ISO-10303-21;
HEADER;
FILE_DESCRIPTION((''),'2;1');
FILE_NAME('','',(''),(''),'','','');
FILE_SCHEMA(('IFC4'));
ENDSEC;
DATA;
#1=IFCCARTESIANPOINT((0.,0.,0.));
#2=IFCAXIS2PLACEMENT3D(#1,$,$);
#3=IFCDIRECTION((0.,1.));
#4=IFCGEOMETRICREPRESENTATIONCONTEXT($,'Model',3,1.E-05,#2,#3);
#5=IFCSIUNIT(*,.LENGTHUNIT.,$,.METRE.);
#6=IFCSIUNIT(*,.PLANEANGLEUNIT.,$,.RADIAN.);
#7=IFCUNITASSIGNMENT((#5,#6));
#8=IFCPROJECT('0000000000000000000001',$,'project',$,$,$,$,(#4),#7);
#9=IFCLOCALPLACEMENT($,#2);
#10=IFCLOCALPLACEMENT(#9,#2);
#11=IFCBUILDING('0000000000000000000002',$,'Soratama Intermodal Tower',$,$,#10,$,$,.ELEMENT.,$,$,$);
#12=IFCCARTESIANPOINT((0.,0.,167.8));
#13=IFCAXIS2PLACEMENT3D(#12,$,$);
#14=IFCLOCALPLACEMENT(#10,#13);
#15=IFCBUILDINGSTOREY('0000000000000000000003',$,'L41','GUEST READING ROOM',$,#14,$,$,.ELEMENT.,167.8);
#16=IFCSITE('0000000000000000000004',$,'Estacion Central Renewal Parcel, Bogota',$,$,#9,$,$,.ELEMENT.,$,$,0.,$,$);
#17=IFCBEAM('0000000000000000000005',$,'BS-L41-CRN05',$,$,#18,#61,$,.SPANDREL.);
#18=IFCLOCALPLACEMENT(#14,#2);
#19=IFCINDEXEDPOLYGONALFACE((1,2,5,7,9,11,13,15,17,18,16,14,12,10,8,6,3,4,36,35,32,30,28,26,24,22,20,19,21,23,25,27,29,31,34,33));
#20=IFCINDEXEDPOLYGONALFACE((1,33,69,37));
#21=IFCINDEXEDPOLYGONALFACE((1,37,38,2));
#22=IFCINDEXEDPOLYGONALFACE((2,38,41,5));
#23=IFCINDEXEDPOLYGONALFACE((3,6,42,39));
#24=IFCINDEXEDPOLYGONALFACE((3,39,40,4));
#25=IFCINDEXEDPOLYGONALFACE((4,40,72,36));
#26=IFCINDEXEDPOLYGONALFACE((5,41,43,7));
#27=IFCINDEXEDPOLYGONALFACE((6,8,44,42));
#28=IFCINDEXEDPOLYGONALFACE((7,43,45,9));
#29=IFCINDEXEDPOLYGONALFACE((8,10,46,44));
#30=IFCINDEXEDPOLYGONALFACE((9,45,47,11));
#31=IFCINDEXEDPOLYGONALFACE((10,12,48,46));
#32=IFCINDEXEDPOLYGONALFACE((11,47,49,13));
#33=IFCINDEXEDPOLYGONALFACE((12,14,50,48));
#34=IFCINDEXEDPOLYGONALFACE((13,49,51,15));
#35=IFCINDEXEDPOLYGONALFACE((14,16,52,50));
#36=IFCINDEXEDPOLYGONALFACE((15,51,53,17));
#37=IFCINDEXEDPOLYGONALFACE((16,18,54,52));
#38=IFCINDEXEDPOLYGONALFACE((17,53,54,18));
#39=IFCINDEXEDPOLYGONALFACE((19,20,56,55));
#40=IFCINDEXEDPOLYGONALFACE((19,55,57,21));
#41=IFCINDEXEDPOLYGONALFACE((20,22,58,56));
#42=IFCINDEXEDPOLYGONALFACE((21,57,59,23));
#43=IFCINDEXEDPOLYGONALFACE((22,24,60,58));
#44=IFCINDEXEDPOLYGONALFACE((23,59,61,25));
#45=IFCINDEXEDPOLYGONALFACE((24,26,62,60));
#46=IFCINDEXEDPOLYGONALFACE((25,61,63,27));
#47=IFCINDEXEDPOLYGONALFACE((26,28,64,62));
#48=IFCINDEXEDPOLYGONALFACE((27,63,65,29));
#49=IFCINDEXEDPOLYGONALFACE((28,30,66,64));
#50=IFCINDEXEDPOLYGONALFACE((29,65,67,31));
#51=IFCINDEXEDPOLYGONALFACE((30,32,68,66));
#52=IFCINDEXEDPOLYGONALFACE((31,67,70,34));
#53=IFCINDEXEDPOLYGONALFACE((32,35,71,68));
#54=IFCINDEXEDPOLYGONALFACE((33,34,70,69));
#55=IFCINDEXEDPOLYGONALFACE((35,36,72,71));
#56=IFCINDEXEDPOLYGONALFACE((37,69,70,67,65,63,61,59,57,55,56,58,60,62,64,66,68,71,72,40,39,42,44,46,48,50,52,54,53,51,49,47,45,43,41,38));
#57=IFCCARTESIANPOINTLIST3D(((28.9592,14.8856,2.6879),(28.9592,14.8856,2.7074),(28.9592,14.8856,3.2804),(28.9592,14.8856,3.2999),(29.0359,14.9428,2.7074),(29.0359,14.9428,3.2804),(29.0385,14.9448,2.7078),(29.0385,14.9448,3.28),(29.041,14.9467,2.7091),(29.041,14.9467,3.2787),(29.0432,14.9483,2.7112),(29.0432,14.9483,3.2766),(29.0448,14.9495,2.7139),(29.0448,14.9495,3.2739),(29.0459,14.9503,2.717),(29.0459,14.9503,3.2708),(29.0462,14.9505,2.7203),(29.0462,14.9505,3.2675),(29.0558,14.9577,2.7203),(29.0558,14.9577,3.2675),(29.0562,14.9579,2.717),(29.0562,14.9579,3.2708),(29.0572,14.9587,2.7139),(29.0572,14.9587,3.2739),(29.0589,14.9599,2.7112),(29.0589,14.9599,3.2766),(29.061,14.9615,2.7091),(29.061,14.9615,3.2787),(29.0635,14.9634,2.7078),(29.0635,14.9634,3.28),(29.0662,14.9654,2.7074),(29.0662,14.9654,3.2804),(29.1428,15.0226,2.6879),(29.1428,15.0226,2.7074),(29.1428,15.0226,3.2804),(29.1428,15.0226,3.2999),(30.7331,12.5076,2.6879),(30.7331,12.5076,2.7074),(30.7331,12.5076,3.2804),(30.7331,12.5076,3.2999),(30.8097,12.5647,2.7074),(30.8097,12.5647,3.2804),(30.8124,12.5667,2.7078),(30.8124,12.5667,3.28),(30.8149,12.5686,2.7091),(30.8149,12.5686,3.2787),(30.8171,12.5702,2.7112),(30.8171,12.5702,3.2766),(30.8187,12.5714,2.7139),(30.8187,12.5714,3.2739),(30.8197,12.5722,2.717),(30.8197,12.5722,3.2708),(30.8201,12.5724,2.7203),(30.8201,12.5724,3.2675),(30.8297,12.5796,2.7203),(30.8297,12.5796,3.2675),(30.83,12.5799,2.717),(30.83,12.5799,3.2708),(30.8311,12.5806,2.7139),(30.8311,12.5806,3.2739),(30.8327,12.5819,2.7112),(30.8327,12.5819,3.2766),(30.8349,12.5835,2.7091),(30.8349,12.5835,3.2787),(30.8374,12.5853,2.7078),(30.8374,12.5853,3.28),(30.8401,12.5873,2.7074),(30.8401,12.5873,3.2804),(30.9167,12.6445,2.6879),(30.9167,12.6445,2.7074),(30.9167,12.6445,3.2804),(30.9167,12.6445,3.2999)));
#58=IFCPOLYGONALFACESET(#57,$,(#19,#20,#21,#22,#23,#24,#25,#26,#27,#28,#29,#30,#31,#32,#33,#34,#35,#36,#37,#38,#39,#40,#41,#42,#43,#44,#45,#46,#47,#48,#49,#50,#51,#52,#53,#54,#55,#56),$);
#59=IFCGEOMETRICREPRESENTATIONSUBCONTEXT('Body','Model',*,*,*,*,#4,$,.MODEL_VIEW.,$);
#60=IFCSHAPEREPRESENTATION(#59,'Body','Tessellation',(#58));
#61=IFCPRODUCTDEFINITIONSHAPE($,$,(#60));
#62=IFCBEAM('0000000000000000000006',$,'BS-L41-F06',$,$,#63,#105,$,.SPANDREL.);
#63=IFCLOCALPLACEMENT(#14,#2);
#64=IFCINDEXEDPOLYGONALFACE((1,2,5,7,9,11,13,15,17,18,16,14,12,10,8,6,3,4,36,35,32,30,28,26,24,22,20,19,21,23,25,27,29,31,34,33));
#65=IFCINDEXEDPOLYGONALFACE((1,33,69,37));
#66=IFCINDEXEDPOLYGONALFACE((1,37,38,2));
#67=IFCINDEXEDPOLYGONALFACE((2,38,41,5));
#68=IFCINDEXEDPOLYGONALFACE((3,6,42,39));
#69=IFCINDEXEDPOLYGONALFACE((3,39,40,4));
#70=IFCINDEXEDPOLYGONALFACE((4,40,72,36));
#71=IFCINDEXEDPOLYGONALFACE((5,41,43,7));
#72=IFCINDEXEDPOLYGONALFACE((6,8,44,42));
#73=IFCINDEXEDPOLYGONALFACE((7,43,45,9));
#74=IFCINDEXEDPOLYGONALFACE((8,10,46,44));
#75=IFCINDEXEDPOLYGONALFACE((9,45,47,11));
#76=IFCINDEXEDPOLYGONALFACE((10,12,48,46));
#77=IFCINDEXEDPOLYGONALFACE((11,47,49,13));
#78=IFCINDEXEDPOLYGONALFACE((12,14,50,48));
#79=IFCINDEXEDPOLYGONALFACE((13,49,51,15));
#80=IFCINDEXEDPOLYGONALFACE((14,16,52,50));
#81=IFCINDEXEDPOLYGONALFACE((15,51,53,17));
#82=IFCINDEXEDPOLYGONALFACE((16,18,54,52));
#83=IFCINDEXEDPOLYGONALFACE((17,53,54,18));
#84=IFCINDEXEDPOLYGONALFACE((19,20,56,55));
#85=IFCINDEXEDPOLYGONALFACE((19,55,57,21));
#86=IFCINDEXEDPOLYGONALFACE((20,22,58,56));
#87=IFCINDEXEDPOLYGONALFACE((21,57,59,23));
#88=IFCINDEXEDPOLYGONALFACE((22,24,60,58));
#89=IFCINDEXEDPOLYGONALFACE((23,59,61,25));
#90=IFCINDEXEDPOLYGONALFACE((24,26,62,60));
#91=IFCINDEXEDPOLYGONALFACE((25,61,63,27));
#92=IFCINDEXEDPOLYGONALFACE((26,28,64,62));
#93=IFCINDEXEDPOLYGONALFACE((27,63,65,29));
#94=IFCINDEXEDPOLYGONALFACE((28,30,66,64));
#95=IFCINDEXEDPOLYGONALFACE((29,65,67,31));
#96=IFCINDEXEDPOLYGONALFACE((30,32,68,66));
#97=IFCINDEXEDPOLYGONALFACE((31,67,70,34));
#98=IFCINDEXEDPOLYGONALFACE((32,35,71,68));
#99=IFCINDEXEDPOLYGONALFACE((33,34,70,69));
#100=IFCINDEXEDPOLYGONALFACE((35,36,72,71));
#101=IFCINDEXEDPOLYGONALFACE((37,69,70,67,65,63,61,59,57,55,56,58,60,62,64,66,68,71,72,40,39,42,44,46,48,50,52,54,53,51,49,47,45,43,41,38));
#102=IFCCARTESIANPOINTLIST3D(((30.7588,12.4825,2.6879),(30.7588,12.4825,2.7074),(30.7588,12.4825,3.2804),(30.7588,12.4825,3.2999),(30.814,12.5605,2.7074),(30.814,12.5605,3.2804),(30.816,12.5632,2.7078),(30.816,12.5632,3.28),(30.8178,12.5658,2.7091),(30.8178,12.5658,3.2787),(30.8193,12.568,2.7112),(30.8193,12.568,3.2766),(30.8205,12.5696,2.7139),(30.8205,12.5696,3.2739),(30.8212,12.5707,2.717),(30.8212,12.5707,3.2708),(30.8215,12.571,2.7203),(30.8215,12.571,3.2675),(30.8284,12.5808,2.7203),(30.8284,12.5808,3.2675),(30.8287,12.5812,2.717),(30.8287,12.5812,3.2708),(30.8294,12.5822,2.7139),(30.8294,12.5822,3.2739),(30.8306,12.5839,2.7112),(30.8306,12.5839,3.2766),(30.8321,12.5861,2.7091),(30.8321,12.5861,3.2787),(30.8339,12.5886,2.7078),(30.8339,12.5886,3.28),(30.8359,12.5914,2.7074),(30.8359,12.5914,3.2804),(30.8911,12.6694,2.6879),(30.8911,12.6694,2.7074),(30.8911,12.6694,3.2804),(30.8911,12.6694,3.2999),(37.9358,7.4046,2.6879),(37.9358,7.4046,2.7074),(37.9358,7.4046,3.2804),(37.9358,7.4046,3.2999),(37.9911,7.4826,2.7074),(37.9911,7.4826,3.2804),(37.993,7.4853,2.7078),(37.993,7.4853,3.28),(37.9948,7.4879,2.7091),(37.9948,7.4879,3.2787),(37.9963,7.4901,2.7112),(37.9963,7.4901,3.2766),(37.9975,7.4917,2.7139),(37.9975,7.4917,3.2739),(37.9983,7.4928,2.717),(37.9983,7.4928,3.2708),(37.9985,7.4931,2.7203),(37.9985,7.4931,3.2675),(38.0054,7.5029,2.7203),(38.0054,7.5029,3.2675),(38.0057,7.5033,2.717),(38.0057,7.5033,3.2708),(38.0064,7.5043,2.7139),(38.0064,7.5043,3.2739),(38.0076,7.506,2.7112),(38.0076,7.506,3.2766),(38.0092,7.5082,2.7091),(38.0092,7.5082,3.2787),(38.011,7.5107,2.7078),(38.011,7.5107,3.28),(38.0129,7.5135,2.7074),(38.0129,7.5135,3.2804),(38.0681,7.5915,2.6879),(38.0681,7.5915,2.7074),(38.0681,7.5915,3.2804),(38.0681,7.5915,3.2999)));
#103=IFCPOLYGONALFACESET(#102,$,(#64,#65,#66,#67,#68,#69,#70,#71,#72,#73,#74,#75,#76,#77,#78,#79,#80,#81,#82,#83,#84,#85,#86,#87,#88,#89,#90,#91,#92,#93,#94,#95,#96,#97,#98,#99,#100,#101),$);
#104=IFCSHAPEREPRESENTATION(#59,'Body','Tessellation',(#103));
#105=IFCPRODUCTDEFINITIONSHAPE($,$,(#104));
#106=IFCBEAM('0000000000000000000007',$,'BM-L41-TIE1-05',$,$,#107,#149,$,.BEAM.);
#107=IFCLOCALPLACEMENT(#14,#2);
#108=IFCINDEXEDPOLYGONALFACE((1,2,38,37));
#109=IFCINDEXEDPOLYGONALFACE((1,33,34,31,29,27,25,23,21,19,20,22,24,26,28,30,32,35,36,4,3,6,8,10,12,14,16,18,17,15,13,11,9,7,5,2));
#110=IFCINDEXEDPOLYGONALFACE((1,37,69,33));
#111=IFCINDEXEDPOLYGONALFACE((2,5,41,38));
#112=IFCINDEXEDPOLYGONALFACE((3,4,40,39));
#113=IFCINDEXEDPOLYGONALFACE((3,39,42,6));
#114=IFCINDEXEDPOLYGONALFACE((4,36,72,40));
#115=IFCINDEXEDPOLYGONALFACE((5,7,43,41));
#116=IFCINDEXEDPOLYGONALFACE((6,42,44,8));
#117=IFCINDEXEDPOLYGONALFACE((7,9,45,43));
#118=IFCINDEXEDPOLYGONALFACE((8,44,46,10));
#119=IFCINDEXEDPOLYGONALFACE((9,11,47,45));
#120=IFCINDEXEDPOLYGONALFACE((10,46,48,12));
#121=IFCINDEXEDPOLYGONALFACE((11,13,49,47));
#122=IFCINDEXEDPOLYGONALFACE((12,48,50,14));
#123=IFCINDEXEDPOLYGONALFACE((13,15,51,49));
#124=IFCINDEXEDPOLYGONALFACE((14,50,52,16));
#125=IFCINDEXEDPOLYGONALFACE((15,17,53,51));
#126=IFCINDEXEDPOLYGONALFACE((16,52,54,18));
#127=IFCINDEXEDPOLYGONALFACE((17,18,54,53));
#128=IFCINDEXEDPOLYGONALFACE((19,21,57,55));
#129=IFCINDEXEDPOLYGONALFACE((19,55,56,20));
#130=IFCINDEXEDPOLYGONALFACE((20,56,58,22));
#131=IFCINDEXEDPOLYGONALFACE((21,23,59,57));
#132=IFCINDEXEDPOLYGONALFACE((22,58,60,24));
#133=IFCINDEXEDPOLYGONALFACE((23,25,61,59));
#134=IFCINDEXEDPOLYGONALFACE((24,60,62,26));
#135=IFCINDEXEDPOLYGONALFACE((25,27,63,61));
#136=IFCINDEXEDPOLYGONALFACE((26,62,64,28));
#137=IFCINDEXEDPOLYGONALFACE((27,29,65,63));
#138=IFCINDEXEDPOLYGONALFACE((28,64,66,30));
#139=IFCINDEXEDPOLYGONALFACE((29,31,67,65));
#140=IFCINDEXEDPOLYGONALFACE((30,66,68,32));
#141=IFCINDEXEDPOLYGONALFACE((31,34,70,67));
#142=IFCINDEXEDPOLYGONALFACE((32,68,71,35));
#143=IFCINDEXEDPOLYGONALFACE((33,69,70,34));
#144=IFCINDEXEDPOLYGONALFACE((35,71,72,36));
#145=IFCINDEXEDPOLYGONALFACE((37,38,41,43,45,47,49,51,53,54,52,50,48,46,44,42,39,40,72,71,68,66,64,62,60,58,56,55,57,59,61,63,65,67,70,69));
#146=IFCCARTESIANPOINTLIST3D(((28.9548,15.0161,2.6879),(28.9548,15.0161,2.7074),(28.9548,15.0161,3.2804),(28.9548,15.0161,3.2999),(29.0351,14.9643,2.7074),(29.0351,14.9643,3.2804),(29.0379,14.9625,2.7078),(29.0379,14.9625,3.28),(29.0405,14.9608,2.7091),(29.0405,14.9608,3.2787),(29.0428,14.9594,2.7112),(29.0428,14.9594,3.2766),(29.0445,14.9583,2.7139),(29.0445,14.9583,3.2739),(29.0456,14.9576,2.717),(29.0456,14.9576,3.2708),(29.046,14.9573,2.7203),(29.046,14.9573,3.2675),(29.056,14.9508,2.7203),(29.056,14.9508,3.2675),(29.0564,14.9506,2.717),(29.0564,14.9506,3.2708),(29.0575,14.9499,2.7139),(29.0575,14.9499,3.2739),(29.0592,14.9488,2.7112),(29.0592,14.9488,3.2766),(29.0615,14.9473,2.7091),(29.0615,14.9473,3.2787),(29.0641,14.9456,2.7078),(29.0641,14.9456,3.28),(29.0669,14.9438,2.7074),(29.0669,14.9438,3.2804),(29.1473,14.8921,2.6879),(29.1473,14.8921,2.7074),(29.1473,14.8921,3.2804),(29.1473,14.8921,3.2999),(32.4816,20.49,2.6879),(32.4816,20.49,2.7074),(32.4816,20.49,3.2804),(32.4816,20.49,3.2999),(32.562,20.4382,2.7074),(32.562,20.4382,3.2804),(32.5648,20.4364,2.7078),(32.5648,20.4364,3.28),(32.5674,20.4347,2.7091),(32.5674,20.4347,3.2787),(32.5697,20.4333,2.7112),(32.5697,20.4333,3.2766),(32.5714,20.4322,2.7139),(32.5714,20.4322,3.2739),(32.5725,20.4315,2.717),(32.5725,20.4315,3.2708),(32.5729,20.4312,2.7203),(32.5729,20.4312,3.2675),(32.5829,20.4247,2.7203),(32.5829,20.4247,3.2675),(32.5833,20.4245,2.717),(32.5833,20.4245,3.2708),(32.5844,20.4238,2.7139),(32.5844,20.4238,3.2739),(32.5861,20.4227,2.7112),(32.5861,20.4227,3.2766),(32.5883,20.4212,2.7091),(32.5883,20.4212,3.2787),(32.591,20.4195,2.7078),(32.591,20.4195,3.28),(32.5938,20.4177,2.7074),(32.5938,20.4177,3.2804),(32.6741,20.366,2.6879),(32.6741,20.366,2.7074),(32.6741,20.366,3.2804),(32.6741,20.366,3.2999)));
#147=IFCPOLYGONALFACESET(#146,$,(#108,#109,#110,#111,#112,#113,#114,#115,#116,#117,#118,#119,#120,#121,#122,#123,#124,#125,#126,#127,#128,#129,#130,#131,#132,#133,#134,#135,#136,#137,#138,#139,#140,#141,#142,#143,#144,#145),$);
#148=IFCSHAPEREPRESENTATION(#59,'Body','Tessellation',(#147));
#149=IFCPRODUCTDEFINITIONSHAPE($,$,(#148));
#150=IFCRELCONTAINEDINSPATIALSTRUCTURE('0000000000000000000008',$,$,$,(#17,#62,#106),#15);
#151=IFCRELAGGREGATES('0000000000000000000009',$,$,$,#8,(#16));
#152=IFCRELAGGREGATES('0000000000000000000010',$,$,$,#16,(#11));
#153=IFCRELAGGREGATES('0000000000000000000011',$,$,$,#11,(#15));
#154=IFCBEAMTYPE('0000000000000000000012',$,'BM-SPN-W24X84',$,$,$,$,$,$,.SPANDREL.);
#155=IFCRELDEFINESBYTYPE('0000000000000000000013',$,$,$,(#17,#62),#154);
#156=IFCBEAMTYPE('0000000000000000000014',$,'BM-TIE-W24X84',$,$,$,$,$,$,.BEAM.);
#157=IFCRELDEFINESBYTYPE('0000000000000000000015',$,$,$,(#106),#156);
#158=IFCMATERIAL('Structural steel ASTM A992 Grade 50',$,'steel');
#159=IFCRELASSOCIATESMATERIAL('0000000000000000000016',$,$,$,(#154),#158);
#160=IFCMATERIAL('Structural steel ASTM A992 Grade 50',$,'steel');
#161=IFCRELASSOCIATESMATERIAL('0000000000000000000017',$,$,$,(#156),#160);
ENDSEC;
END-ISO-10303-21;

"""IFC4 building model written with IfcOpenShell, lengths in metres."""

from ifc_helpers import new_model, si_unit, direction, frame, origin, origin_2d, place, context, subcontext, project, spatial, i_section, extrude, material, material_profile, profile_set, type_object, element, save


model = new_model("IFC4")

# Units and contexts
model_context = context("Model", 3, precision=1e-05, world=origin(), true_north=direction((0.0, 1.0)))
body_context = subcontext(model_context, "Body", "Model", "MODEL_VIEW")
ifc_project = project(units=[si_unit("LENGTHUNIT", "METRE"), si_unit("PLANEANGLEUNIT", "RADIAN")], contexts=[model_context])

# Site, building, storey
site_placement = place(None, origin())
site = spatial("IfcSite", under=ifc_project, at=site_placement, Name="Estacion Central Renewal Parcel, Bogota", CompositionType="ELEMENT", RefElevation=0.0)
building_placement = place(site_placement, origin())
building = spatial("IfcBuilding", under=site, at=building_placement, Name="Soratama Intermodal Tower", CompositionType="ELEMENT")
storey_placement = place(building_placement, frame((0.0, 0.0, 167.8)))
storey = spatial("IfcBuildingStorey", under=building, at=storey_placement, Name="L41", Description="GUEST READING ROOM", CompositionType="ELEMENT", Elevation=167.8)

# Beams
ifc_material_1 = material(Name="Structural steel ASTM A992 Grade 50", Category="steel")
ifc_material_profile_1 = material_profile(ifc_material_1, i_section(OverallWidth=0.229, OverallDepth=0.6121, WebThickness=0.012, FlangeThickness=0.0195, FilletRadius=0.0129, at=origin_2d()), Name="W24X84")
ifc_profile_set_1 = profile_set([ifc_material_profile_1], Name="Structural steel ASTM A992 Grade 50")
beam_type_1 = type_object("IfcBeamType", Name="BM-SPN-W24X84", PredefinedType="SPANDREL", material=ifc_profile_set_1)
beam_1_placement = place(storey_placement, frame((29.051, 14.9541, 2.9939), z_axis=(0.597905, -0.801567, 0.0), x_axis=(0.801567, 0.597905, 0.0)))
element("IfcBeam", 1, at=beam_1_placement, inside=storey, type_object=beam_type_1, Name="BS-L41-CRN05", PredefinedType="SPANDREL", context=body_context, shape_type="SweptSolid", body=[
    extrude(i_section(OverallWidth=0.229, OverallDepth=0.6121, WebThickness=0.012, FlangeThickness=0.0195, FilletRadius=0.0129, at=origin_2d()), origin(), (0.0, 0.0, 1.0), 2.9668),
])
beam_2_placement = place(storey_placement, frame((30.825, 12.5759, 2.9939), z_axis=(0.816337, -0.577576, 0.0), x_axis=(0.577576, 0.816337, 0.0)))
element("IfcBeam", 2, at=beam_2_placement, inside=storey, type_object=beam_type_1, Name="BS-L41-F06", PredefinedType="SPANDREL", context=body_context, shape_type="SweptSolid", body=[
    extrude(i_section(OverallWidth=0.229, OverallDepth=0.6121, WebThickness=0.012, FlangeThickness=0.0195, FilletRadius=0.0129, at=origin_2d()), origin(), (0.0, 0.0, 1.0), 8.7917),
])
ifc_material_2 = material(Name="Structural steel ASTM A992 Grade 50", Category="steel")
ifc_material_profile_2 = material_profile(ifc_material_2, i_section(OverallWidth=0.229, OverallDepth=0.6121, WebThickness=0.012, FlangeThickness=0.0195, FilletRadius=0.0129, at=origin_2d()), Name="W24X84")
ifc_profile_set_2 = profile_set([ifc_material_profile_2], Name="Structural steel ASTM A992 Grade 50")
beam_type_2 = type_object("IfcBeamType", Name="BM-TIE-W24X84", PredefinedType="BEAM", material=ifc_profile_set_2)
beam_3_placement = place(storey_placement, frame((32.5779, 20.428, 2.9939), z_axis=(-0.54162, -0.840624, 0.0), x_axis=(0.840624, -0.54162, 0.0)))
element("IfcBeam", 3, at=beam_3_placement, inside=storey, type_object=beam_type_2, Name="BM-L41-TIE1-05", PredefinedType="BEAM", context=body_context, shape_type="SweptSolid", body=[
    extrude(i_section(OverallWidth=0.229, OverallDepth=0.6121, WebThickness=0.012, FlangeThickness=0.0195, FilletRadius=0.0129, at=origin_2d()), origin(), (0.0, 0.0, 1.0), 6.5117),
])

save(model, "model.ifc")
